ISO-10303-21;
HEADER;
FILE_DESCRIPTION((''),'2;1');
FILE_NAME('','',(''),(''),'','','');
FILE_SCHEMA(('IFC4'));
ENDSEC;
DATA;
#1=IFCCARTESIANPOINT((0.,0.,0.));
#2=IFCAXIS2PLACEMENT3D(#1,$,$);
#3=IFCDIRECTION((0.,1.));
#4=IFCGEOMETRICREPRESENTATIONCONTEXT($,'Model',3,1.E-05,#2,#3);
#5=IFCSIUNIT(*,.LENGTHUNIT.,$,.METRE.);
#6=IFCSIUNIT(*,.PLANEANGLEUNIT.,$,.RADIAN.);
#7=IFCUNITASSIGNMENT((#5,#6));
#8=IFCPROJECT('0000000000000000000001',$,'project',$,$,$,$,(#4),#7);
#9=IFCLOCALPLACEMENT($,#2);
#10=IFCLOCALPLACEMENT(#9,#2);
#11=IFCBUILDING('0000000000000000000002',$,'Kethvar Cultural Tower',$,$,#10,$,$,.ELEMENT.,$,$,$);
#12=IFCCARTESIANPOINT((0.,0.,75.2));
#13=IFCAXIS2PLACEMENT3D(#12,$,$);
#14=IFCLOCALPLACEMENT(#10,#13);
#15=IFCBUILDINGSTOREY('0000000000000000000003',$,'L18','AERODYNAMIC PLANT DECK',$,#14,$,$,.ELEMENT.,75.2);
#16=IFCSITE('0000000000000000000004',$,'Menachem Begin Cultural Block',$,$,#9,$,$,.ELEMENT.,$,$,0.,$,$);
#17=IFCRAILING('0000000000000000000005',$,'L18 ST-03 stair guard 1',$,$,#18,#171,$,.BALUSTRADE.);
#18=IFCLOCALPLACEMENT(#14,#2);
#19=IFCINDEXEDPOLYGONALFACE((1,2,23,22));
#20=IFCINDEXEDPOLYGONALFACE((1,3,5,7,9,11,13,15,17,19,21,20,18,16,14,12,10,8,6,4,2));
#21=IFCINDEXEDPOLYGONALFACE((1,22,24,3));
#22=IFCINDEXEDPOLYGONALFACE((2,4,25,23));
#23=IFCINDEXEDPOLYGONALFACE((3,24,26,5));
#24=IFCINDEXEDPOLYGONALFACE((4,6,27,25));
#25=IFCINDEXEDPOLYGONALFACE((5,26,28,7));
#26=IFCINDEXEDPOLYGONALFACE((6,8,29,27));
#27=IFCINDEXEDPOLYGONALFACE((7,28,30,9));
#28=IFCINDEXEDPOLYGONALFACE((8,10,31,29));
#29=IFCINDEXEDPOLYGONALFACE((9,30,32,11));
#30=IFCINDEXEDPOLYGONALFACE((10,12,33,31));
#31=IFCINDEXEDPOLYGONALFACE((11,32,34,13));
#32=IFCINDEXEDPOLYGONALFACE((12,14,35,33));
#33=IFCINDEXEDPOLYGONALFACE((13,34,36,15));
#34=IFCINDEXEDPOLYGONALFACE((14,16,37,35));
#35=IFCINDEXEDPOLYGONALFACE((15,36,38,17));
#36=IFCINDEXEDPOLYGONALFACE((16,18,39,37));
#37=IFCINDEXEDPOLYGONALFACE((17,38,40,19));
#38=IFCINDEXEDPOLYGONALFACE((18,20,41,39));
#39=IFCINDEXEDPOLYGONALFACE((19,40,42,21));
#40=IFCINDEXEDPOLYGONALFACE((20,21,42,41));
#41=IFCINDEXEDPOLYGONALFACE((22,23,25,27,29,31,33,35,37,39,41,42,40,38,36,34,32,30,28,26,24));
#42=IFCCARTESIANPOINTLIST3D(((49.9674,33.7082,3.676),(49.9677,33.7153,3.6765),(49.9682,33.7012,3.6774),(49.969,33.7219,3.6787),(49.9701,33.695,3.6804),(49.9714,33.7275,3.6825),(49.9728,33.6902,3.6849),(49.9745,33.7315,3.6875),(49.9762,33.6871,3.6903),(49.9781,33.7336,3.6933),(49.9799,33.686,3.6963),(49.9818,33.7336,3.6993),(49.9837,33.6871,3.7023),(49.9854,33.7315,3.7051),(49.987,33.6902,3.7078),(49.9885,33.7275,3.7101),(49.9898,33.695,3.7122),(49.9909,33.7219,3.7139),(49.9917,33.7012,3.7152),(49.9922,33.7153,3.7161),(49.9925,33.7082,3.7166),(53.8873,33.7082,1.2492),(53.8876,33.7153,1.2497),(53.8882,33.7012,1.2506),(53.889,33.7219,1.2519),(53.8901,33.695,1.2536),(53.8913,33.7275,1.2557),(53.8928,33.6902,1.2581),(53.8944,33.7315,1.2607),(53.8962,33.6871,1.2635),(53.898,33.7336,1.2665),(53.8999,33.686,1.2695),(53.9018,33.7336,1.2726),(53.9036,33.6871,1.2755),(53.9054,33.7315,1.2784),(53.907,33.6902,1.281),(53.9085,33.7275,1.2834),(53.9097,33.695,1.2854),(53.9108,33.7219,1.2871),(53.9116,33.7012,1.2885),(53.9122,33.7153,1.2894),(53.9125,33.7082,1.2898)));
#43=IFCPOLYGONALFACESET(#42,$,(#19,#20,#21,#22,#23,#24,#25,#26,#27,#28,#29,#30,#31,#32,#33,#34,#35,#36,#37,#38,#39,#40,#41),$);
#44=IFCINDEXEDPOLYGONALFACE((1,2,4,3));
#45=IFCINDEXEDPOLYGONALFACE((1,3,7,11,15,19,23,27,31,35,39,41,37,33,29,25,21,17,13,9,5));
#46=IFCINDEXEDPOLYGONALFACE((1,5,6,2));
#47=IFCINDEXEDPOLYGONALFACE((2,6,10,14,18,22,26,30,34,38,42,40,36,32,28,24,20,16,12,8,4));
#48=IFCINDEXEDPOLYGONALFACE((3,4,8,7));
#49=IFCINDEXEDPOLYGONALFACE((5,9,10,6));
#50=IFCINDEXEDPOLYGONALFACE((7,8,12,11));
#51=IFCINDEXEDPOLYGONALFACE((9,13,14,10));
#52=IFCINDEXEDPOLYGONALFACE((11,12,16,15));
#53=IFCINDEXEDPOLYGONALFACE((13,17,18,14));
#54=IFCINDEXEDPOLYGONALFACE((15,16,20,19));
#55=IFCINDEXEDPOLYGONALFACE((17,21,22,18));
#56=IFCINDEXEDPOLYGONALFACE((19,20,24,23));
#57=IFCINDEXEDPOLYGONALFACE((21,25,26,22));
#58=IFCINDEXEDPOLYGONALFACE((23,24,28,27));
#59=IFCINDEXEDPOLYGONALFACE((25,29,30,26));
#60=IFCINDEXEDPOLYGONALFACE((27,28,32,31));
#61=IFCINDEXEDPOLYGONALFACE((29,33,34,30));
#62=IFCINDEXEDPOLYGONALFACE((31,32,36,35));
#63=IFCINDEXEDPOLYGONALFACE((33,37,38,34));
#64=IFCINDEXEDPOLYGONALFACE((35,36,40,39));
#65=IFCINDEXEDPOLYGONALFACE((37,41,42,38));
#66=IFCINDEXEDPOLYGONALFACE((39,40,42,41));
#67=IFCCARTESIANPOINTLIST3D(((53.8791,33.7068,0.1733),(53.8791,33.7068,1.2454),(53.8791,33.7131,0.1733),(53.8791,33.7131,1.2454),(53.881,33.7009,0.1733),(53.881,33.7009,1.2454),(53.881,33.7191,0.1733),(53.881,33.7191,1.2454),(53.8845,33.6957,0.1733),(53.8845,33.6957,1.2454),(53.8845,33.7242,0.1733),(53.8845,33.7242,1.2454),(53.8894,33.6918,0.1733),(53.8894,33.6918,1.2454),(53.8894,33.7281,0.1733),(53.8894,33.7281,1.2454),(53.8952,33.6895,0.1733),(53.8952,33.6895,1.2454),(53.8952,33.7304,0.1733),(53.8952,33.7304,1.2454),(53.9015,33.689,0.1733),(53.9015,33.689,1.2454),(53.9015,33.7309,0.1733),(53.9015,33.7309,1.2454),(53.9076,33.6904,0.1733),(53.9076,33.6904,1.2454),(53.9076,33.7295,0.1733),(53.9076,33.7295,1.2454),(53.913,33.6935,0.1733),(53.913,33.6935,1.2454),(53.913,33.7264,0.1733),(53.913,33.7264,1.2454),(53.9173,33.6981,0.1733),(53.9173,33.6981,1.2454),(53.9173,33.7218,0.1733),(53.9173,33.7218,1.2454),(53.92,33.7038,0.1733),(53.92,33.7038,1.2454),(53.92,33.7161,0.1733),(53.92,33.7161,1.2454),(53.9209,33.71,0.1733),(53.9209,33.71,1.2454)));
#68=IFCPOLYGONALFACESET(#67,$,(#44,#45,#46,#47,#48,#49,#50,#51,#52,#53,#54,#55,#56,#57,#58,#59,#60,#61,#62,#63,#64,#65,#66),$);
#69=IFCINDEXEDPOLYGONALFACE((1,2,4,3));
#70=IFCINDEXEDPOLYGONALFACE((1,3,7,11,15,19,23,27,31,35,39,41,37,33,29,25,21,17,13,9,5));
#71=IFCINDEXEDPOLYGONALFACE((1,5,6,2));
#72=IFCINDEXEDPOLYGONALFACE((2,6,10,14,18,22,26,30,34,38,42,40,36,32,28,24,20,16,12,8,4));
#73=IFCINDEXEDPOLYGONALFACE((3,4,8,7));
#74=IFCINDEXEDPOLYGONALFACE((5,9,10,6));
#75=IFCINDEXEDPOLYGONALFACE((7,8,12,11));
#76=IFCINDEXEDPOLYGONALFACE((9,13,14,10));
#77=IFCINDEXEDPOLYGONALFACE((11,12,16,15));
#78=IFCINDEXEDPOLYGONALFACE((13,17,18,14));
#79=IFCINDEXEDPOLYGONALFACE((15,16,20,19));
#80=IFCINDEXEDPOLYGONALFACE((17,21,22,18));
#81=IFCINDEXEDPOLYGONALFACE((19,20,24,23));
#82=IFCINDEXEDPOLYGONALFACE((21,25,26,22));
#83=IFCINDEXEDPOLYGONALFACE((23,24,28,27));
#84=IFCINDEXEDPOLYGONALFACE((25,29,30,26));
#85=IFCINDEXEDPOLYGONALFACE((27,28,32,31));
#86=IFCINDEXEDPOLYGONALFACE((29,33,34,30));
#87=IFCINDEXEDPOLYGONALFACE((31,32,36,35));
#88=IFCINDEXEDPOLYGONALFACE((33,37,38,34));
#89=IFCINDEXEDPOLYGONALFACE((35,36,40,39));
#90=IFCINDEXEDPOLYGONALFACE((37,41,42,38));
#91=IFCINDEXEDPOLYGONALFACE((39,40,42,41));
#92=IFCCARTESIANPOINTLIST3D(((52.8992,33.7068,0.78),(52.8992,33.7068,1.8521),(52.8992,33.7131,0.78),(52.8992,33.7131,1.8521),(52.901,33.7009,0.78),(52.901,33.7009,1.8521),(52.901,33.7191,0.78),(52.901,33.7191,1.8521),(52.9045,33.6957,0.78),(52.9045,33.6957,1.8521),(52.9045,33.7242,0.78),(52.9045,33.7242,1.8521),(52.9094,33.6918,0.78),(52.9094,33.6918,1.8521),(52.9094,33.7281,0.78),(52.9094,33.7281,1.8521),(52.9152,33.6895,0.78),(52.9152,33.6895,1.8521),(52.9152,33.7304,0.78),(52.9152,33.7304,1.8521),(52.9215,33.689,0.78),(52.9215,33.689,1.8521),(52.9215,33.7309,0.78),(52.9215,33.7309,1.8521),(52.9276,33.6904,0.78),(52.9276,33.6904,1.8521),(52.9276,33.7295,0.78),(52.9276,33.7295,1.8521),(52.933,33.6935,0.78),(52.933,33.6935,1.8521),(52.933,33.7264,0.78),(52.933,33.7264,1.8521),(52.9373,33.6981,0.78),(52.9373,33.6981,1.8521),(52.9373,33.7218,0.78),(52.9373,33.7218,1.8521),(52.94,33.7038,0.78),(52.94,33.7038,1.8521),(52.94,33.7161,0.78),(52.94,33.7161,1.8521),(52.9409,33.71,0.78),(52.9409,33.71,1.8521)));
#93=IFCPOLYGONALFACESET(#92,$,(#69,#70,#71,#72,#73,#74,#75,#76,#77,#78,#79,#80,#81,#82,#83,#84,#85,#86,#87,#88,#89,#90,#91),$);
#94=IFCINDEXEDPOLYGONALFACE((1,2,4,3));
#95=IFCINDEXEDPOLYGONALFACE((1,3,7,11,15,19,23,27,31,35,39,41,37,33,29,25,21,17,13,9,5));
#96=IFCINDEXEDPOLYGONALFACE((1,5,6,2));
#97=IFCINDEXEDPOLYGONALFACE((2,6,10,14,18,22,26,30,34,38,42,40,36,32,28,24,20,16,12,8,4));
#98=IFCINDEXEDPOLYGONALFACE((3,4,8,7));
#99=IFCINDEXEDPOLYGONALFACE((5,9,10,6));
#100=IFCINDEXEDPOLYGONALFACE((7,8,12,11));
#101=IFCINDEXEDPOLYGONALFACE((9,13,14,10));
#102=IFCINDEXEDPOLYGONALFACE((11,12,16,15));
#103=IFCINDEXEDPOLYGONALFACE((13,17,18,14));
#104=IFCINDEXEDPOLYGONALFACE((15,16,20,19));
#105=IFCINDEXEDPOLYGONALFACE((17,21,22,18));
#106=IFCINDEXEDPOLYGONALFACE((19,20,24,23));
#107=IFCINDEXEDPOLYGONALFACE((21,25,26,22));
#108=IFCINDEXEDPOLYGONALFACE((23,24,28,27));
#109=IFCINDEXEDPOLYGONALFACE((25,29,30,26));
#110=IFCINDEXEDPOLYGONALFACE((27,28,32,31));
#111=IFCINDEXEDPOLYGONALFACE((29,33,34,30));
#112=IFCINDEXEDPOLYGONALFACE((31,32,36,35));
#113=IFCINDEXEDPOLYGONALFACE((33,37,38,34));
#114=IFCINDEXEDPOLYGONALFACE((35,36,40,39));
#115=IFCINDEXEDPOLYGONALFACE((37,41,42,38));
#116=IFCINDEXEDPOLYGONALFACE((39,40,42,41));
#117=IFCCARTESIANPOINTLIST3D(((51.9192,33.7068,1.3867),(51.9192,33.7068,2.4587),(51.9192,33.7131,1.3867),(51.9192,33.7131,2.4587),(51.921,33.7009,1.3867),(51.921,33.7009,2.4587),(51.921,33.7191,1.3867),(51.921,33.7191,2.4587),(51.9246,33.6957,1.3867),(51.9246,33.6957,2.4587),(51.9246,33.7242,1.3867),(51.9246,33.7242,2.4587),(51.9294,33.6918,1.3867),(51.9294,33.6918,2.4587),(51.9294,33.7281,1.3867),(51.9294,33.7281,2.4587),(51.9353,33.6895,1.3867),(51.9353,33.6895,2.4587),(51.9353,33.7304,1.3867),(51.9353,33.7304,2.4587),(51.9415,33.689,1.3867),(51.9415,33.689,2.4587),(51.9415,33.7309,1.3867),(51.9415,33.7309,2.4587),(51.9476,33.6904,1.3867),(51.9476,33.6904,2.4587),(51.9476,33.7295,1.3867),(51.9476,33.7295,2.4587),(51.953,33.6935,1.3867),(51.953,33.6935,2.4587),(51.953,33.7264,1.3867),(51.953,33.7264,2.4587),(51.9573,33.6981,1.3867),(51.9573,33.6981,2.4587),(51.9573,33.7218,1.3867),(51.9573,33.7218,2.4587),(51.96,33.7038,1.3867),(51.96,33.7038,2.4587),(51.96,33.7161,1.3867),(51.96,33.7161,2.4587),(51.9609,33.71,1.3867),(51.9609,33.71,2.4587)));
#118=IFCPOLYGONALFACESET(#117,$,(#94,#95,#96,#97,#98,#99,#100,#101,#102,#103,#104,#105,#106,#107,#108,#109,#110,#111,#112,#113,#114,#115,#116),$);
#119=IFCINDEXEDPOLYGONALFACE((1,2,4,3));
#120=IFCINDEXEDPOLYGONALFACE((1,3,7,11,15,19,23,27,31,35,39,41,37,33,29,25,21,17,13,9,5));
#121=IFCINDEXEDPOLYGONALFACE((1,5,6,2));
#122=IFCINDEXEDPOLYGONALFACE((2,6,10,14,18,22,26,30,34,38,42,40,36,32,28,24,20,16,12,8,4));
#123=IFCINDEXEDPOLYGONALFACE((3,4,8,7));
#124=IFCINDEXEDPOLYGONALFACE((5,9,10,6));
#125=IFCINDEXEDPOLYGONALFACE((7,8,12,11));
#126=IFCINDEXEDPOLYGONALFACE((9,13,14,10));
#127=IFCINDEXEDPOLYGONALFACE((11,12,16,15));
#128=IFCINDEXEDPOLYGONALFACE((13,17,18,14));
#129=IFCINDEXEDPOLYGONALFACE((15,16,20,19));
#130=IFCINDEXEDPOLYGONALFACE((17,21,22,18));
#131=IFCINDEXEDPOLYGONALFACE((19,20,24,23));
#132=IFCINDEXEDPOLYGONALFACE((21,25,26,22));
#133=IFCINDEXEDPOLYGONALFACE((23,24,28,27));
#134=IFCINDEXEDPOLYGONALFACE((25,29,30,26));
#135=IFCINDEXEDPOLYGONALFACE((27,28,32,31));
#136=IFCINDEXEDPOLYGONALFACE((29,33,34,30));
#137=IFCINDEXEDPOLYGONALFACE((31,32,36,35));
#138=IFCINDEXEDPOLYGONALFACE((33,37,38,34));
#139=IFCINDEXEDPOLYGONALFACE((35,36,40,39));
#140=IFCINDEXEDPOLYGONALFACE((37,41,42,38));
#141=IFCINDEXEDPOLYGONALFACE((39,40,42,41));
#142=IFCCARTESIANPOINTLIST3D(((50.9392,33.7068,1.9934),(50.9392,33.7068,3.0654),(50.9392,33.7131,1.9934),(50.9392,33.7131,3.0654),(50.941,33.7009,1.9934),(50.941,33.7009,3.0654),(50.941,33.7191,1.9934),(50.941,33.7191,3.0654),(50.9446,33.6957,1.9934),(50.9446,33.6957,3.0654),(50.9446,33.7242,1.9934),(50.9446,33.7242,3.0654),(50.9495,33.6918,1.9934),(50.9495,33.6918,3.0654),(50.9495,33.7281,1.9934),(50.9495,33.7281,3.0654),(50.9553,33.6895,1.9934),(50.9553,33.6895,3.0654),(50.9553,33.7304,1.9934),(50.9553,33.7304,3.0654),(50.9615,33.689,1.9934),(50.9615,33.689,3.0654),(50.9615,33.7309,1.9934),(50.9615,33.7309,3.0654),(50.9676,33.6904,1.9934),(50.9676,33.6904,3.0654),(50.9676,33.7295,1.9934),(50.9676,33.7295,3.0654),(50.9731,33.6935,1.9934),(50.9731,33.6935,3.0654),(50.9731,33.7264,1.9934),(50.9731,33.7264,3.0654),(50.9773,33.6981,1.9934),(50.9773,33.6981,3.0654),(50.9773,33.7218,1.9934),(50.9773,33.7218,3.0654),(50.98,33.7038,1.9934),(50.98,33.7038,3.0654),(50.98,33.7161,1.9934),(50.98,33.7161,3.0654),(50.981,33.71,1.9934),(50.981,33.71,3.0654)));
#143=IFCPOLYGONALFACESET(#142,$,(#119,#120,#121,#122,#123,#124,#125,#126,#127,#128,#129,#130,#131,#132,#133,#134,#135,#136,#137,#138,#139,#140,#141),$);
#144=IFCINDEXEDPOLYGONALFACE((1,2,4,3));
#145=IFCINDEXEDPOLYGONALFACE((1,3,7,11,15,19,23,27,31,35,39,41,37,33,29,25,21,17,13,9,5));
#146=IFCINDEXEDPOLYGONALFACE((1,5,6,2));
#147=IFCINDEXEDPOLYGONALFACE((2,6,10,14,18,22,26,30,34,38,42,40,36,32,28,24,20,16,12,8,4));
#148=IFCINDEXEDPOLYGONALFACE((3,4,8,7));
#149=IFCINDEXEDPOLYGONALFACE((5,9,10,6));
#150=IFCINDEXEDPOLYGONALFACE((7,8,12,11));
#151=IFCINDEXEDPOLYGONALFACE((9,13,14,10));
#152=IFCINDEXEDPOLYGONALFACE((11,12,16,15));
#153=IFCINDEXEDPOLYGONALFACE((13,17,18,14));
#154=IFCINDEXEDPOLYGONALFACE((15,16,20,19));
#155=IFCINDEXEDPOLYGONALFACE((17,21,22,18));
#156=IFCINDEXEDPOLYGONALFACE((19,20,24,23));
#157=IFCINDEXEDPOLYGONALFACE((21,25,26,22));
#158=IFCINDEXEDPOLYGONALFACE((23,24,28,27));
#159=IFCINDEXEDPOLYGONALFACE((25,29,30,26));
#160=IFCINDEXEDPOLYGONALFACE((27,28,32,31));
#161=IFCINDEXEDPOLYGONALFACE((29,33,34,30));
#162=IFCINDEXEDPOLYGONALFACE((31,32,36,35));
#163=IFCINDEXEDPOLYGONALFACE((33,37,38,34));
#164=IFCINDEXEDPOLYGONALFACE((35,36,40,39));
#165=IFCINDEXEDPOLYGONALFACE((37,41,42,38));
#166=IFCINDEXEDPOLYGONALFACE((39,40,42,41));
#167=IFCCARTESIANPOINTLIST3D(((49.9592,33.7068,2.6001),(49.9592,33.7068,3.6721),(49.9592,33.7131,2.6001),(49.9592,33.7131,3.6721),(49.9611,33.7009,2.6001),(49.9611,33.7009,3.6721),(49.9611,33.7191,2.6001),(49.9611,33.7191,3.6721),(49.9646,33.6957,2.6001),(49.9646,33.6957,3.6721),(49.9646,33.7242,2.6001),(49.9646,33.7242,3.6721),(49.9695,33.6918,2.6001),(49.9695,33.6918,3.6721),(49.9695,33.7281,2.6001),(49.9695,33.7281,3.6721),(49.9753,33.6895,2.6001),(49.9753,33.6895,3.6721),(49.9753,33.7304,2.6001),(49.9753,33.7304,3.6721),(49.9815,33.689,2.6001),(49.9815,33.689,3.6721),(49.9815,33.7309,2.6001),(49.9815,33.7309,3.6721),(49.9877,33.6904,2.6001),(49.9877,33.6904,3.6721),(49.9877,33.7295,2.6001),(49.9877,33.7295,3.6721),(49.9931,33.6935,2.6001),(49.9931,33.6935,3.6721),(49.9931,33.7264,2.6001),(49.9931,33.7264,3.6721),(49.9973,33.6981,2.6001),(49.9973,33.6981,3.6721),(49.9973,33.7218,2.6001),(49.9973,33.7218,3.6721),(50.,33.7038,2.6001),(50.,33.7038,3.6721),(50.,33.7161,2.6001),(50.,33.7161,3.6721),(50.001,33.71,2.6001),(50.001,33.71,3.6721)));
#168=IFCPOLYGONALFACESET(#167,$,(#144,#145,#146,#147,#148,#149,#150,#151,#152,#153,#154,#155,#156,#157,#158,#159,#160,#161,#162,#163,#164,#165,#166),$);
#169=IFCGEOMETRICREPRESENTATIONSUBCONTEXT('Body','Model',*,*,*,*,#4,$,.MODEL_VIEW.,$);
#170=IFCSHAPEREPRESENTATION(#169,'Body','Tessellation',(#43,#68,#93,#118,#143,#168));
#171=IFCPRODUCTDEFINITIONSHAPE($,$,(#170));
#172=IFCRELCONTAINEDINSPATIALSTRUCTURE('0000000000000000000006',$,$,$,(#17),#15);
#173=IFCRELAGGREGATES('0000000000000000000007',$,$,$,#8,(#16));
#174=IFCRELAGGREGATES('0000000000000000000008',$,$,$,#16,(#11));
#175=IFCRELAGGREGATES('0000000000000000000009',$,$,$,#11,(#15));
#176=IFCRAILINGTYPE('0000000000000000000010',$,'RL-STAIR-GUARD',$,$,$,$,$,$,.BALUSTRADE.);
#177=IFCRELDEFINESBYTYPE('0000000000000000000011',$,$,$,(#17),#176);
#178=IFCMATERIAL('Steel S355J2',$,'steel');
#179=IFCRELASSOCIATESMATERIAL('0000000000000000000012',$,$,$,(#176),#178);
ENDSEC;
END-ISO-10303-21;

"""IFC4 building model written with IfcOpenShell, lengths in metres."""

from ifc_helpers import new_model, si_unit, direction, frame, origin, origin_2d, place, context, subcontext, project, spatial, circle, extrude, material, type_object, element, save


model = new_model("IFC4")

# Units and contexts
model_context = context("Model", 3, precision=1e-05, world=origin(), true_north=direction((0.0, 1.0)))
body_context = subcontext(model_context, "Body", "Model", "MODEL_VIEW")
ifc_project = project(units=[si_unit("LENGTHUNIT", "METRE"), si_unit("PLANEANGLEUNIT", "RADIAN")], contexts=[model_context])

# Site, building, storey
site_placement = place(None, origin())
site = spatial("IfcSite", under=ifc_project, at=site_placement, Name="Menachem Begin Cultural Block", CompositionType="ELEMENT", RefElevation=0.0)
building_placement = place(site_placement, origin())
building = spatial("IfcBuilding", under=site, at=building_placement, Name="Kethvar Cultural Tower", CompositionType="ELEMENT")
storey_placement = place(building_placement, frame((0.0, 0.0, 75.2)))
storey = spatial("IfcBuildingStorey", under=building, at=storey_placement, Name="L18", Description="AERODYNAMIC PLANT DECK", CompositionType="ELEMENT", Elevation=75.2)

# Shared definitions
ifc_material_1 = material(Name="Steel S355J2", Category="steel")

# Railing
railing_type_1 = type_object("IfcRailingType", Name="RL-STAIR-GUARD", PredefinedType="BALUSTRADE", material=ifc_material_1)
railing_1_placement = place(storey_placement, frame((53.8999, 33.71, 0.1733)))
element("IfcRailing", 1, at=railing_1_placement, inside=storey, type_object=railing_type_1, Name="L18 ST-03 stair guard 1", PredefinedType="BALUSTRADE", context=body_context, shape_type="SweptSolid", body=[
    extrude(circle(Radius=0.0239, at=origin_2d()), frame((0.0, 0.0, 1.0962), z_axis=(-0.850252, 0.0, 0.526376), x_axis=(0.0, -1.0, 0.0)), (0.0, 0.0, 1.0), 4.6104),
    extrude(circle(Radius=0.021, at=origin_2d()), origin(), (0.0, 0.0, 1.0), 1.072),
    extrude(circle(Radius=0.021, at=origin_2d()), frame((-0.98, 0.0, 0.6067)), (0.0, 0.0, 1.0), 1.072),
    extrude(circle(Radius=0.021, at=origin_2d()), frame((-1.96, 0.0, 1.2134)), (0.0, 0.0, 1.0), 1.072),
    extrude(circle(Radius=0.021, at=origin_2d()), frame((-2.9399, 0.0, 1.8201)), (0.0, 0.0, 1.0), 1.072),
    extrude(circle(Radius=0.021, at=origin_2d()), frame((-3.9199, 0.0, 2.4268)), (0.0, 0.0, 1.0), 1.072),
])

save(model, "model.ifc")
